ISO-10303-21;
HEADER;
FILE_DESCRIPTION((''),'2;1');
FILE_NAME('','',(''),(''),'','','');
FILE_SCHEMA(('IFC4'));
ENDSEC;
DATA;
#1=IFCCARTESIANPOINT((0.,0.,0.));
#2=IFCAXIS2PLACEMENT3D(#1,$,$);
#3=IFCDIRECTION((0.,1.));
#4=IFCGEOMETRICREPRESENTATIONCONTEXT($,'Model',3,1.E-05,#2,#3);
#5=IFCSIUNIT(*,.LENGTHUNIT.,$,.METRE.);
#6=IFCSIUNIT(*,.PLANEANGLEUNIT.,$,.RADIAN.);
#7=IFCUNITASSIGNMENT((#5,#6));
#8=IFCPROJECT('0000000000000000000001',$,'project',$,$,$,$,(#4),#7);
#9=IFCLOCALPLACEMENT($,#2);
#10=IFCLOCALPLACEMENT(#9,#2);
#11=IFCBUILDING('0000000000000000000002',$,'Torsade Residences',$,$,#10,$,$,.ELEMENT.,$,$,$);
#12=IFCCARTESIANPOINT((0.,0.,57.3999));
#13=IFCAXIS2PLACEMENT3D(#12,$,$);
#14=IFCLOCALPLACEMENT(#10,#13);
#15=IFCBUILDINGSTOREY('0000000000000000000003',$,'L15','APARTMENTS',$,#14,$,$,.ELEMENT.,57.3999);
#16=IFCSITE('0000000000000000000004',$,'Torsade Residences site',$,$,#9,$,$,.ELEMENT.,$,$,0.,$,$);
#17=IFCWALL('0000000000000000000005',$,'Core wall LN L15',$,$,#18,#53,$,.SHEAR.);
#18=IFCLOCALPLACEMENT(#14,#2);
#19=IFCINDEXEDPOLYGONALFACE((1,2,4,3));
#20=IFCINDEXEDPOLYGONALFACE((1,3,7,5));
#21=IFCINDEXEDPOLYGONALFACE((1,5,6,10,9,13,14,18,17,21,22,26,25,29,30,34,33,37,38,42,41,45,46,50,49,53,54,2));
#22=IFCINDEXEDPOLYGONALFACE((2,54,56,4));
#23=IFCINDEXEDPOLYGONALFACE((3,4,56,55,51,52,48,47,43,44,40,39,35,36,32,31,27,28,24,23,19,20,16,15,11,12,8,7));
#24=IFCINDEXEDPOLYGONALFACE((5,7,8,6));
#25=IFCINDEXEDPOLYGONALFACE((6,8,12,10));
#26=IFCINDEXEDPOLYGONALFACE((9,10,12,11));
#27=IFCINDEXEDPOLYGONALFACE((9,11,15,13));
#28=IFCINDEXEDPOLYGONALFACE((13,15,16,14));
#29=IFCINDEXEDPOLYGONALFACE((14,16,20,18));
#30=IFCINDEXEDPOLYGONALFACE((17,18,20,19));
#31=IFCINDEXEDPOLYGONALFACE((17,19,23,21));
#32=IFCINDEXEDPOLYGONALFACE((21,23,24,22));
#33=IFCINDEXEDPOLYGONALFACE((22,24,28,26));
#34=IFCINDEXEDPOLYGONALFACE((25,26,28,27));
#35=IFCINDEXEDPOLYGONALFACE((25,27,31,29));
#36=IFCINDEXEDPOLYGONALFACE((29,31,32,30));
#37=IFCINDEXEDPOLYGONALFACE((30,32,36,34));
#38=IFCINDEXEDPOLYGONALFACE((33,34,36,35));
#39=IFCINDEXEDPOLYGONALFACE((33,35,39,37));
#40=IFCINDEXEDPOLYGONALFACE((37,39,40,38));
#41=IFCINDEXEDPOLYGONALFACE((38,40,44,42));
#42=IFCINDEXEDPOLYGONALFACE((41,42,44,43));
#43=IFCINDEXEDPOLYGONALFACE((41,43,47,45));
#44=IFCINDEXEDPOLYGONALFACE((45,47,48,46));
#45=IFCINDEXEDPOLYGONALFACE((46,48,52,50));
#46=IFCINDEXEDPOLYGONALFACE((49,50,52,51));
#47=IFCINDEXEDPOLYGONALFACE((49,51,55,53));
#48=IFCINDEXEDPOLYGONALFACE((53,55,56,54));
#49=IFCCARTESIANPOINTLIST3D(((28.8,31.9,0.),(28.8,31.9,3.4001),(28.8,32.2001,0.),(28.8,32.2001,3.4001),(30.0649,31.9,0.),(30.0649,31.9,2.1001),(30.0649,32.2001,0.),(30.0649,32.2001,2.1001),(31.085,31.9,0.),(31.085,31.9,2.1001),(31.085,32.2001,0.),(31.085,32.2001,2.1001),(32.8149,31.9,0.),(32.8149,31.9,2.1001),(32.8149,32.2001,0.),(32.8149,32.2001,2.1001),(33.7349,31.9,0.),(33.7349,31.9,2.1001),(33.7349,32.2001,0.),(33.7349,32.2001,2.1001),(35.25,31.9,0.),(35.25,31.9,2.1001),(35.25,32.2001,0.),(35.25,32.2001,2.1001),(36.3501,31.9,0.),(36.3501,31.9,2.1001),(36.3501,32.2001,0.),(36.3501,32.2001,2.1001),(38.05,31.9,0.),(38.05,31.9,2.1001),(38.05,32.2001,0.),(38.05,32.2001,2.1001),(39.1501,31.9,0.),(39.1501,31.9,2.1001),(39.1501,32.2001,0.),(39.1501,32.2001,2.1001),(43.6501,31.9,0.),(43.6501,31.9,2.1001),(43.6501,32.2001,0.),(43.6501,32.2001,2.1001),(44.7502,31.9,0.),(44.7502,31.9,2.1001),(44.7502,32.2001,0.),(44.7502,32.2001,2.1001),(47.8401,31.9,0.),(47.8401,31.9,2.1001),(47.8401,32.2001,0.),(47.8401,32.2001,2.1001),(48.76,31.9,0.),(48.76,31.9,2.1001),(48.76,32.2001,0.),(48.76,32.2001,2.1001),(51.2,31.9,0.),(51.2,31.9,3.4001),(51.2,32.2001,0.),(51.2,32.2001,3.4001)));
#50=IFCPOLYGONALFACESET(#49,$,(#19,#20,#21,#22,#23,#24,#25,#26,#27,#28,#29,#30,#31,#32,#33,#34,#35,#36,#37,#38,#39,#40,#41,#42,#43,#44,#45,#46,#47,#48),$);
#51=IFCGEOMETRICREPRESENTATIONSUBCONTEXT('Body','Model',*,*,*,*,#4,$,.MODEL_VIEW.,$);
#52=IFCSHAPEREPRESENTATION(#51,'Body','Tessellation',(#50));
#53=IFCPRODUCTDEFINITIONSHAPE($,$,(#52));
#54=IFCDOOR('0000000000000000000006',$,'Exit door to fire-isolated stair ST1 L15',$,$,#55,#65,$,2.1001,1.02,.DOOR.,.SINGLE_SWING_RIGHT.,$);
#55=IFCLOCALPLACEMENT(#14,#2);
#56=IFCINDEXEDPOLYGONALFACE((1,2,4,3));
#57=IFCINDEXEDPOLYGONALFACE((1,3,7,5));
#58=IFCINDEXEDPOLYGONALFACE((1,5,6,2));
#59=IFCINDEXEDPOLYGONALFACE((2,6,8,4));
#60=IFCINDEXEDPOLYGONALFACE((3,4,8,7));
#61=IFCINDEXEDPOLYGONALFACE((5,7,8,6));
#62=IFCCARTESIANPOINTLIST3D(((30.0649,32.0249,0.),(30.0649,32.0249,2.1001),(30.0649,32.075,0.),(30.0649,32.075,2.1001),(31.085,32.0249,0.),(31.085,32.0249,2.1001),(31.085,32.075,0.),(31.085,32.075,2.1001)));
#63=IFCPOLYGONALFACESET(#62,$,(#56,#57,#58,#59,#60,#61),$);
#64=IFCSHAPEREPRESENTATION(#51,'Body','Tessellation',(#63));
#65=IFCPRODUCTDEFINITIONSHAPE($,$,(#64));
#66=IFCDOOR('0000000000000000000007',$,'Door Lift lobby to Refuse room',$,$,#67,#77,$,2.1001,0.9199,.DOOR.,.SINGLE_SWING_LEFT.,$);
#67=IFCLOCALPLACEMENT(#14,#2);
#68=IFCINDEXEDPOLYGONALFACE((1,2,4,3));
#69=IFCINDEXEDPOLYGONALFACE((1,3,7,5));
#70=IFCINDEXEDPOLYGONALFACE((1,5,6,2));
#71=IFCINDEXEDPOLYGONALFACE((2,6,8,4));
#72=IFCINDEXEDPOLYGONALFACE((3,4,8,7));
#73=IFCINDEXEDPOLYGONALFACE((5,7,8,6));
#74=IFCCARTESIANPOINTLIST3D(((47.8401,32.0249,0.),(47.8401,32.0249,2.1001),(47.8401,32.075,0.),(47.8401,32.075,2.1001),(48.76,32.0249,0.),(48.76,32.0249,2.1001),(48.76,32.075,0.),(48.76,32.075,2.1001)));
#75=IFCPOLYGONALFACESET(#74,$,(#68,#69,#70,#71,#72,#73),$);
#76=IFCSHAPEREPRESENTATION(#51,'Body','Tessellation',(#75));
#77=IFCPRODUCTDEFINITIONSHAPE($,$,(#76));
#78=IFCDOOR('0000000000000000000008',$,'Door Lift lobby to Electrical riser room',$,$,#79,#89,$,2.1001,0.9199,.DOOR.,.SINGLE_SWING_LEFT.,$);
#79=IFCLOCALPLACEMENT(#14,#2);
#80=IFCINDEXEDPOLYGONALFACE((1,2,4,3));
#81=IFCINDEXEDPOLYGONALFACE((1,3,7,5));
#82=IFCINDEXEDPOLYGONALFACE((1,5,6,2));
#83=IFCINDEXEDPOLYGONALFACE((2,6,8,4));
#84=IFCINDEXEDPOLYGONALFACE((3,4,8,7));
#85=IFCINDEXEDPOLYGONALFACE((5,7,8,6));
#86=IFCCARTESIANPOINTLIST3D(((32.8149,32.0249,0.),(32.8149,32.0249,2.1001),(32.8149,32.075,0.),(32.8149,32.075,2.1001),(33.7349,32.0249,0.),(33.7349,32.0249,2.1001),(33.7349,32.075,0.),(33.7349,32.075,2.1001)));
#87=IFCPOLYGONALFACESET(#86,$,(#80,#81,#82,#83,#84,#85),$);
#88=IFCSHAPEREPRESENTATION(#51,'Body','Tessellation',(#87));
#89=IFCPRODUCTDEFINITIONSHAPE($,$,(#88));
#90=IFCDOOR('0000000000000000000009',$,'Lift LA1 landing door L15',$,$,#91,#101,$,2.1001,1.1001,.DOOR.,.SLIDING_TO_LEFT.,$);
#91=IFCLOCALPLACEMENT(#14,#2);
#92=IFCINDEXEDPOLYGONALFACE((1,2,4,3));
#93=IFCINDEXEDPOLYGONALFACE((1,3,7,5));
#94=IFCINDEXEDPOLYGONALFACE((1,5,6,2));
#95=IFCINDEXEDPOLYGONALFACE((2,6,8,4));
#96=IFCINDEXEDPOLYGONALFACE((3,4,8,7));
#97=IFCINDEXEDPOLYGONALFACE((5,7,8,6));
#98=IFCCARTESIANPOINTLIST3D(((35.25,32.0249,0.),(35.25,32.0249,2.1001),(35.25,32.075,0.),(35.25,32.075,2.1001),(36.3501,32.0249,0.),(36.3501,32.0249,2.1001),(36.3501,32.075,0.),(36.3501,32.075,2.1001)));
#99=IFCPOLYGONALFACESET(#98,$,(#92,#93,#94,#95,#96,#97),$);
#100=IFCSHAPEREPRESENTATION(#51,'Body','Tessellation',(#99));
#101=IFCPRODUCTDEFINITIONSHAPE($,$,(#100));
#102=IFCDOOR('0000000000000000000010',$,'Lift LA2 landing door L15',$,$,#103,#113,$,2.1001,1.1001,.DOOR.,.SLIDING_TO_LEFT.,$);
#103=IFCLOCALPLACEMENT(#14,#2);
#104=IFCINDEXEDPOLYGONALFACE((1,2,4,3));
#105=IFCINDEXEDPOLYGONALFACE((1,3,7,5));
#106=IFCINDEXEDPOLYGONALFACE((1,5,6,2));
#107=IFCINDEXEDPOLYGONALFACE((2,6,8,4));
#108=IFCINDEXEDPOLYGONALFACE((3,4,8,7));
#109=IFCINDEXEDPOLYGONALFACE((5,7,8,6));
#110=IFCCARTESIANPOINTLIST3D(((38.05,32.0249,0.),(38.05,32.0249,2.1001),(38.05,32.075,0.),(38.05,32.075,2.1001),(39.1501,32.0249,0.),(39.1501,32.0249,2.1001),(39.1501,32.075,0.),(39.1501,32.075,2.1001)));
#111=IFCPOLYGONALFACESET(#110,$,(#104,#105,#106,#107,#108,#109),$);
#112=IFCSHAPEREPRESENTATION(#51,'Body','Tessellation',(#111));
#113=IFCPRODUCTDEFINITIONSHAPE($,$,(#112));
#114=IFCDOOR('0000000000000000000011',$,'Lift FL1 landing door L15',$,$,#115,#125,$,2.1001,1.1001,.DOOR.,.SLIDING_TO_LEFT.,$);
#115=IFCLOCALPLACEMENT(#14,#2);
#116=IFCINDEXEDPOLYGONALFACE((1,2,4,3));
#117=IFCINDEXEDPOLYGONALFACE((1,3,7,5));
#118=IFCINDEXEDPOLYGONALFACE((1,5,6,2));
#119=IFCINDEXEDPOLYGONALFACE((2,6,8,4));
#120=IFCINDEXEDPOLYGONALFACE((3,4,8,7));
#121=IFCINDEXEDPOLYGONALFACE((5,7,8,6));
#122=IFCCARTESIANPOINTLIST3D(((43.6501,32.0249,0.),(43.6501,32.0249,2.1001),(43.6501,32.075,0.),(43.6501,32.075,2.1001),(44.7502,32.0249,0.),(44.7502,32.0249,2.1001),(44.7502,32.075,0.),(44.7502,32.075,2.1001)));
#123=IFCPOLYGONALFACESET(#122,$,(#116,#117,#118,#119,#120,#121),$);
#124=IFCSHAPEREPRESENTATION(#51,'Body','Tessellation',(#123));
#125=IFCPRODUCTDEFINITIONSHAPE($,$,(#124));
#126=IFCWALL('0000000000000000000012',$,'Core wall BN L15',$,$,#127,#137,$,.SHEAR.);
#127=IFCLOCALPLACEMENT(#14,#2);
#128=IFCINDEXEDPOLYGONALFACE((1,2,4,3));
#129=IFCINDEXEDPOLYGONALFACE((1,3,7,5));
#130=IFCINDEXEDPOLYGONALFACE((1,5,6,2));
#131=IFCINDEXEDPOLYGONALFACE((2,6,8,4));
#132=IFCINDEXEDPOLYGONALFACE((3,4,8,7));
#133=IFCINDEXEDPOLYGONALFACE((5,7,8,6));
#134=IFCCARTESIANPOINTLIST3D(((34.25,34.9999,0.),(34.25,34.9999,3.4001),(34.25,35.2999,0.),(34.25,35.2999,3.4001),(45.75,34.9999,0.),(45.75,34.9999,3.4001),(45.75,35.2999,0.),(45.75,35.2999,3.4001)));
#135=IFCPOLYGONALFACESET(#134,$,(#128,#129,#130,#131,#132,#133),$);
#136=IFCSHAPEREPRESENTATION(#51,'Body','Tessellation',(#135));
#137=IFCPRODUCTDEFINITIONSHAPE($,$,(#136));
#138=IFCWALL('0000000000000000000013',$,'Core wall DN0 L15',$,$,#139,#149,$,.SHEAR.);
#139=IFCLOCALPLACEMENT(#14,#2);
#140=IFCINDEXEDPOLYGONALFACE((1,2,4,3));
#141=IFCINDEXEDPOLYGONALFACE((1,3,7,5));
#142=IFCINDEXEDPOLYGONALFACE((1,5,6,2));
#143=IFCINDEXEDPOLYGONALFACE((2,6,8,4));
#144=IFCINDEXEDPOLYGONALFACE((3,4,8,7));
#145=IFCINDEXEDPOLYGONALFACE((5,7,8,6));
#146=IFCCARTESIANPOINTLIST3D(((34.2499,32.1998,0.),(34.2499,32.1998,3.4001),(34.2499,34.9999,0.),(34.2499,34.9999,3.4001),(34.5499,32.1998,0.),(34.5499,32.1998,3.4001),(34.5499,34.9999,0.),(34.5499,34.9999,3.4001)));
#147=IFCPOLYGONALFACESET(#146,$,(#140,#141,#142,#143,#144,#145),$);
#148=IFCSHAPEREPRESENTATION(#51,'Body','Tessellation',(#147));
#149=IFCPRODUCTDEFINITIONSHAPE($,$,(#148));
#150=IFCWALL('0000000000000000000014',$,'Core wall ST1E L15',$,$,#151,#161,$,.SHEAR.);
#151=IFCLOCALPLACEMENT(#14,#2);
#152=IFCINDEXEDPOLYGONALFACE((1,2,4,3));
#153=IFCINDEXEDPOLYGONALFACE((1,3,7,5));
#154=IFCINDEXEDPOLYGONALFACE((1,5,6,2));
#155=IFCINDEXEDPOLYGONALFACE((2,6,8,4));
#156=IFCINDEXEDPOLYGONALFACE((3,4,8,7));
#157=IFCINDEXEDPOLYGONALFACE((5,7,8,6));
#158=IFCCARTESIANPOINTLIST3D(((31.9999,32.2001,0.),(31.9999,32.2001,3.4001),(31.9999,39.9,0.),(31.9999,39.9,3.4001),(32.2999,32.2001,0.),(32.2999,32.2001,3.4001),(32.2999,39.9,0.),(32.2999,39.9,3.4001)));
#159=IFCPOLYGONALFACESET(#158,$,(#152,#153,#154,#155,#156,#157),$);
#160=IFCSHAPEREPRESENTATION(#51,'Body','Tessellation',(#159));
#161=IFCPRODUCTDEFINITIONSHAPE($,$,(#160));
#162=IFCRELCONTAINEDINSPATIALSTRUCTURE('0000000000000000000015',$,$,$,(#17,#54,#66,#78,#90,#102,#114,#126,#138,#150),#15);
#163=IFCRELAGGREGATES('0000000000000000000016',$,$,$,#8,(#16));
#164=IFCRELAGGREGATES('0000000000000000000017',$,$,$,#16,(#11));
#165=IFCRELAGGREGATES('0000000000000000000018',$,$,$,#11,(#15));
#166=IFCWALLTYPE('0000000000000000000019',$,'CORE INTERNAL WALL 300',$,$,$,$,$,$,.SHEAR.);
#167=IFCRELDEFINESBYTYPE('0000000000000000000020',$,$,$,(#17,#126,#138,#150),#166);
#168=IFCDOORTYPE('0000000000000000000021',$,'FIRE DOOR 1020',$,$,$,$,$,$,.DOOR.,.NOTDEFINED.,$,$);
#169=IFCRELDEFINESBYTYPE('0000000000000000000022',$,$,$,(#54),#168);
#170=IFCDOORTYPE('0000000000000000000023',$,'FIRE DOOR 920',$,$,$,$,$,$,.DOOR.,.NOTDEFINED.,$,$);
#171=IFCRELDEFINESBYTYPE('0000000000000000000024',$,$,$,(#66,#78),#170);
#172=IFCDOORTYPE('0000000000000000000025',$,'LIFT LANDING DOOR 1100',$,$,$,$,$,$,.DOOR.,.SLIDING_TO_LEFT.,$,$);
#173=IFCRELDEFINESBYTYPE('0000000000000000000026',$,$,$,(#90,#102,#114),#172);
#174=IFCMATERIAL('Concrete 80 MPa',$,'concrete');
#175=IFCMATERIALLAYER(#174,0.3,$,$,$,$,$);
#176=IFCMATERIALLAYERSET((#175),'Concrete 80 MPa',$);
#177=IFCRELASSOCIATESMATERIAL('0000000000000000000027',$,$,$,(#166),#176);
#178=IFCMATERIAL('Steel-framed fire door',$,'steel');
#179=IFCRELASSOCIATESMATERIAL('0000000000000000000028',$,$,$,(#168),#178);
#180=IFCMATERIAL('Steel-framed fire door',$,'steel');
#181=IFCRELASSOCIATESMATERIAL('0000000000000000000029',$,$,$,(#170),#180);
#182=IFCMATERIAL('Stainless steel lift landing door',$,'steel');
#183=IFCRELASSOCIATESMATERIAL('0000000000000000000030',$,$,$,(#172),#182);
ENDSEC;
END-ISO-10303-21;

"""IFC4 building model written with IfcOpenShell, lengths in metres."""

from ifc_helpers import new_model, si_unit, direction, frame, frame_2d, origin, place, context, subcontext, project, spatial, rectangle, extrude, material, layer, layer_set, type_object, element, fill, save


model = new_model("IFC4")

# Units and contexts
model_context = context("Model", 3, precision=1e-05, world=origin(), true_north=direction((0.0, 1.0)))
body_context = subcontext(model_context, "Body", "Model", "MODEL_VIEW")
ifc_project = project(units=[si_unit("LENGTHUNIT", "METRE"), si_unit("PLANEANGLEUNIT", "RADIAN")], contexts=[model_context])

# Site, building, storey
site_placement = place(None, origin())
site = spatial("IfcSite", under=ifc_project, at=site_placement, Name="Torsade Residences site", CompositionType="ELEMENT", RefElevation=0.0)
building_placement = place(site_placement, origin())
building = spatial("IfcBuilding", under=site, at=building_placement, Name="Torsade Residences", CompositionType="ELEMENT")
storey_placement = place(building_placement, frame((0.0, 0.0, 57.3999)))
storey = spatial("IfcBuildingStorey", under=building, at=storey_placement, Name="L15", Description="APARTMENTS", CompositionType="ELEMENT", Elevation=57.3999)

# Wall, openings, doors
ifc_material_1 = material(Name="Concrete 80 MPa", Category="concrete")
ifc_layer_1 = layer(ifc_material_1, 0.3)
ifc_layer_set_1 = layer_set([ifc_layer_1], Name="Concrete 80 MPa")
wall_type_1 = type_object("IfcWallType", Name="CORE INTERNAL WALL 300", PredefinedType="SHEAR", material=ifc_layer_set_1)
wall_1_placement = place(storey_placement, frame((28.8, 32.05, 0.0), z_axis=(0.0, 0.0, 1.0), x_axis=(1.0, 0.0, 0.0)))
wall_1 = element("IfcWall", 1, at=wall_1_placement, inside=storey, type_object=wall_type_1, Name="Core wall LN L15", PredefinedType="SHEAR", context=body_context, shape_type="SweptSolid", body=[
    extrude(rectangle(XDim=22.3999, YDim=0.3, at=frame_2d((11.2, 0.0))), origin(), (0.0, 0.0, 1.0), 3.4001),
])
opening_1_placement = place(wall_1_placement, frame((19.04, 0.0, 0.0)))
opening_1 = element("IfcOpeningElement", 2, at=opening_1_placement, cuts=wall_1, PredefinedType="OPENING", context=body_context, shape_type="SweptSolid", body=[
    extrude(rectangle(XDim=0.9199, YDim=2.1001, at=frame_2d((0.46, 1.05))), frame((0.0, 0.1599, 0.0), z_axis=(0.0, -1.0, 0.0), x_axis=(1.0, 0.0, 0.0)), (0.0, 0.0, 1.0), 0.3201),
])
opening_2_placement = place(wall_1_placement, frame((1.2649, 0.0, 0.0)))
opening_2 = element("IfcOpeningElement", 3, at=opening_2_placement, cuts=wall_1, PredefinedType="OPENING", context=body_context, shape_type="SweptSolid", body=[
    extrude(rectangle(XDim=1.02, YDim=2.1001, at=frame_2d((0.51, 1.05))), frame((0.0, 0.1599, 0.0), z_axis=(0.0, -1.0, 0.0), x_axis=(1.0, 0.0, 0.0)), (0.0, 0.0, 1.0), 0.3201),
])
opening_3_placement = place(wall_1_placement, frame((4.0149, 0.0, 0.0)))
opening_3 = element("IfcOpeningElement", 4, at=opening_3_placement, cuts=wall_1, PredefinedType="OPENING", context=body_context, shape_type="SweptSolid", body=[
    extrude(rectangle(XDim=0.9199, YDim=2.1001, at=frame_2d((0.46, 1.05))), frame((0.0, 0.1599, 0.0), z_axis=(0.0, -1.0, 0.0), x_axis=(1.0, 0.0, 0.0)), (0.0, 0.0, 1.0), 0.3201),
])
opening_4_placement = place(wall_1_placement, frame((6.45, 0.0, 0.0)))
opening_4 = element("IfcOpeningElement", 5, at=opening_4_placement, cuts=wall_1, PredefinedType="OPENING", context=body_context, shape_type="SweptSolid", body=[
    extrude(rectangle(XDim=1.1001, YDim=2.1001, at=frame_2d((0.55, 1.05))), frame((0.0, 0.1599, 0.0), z_axis=(0.0, -1.0, 0.0), x_axis=(1.0, 0.0, 0.0)), (0.0, 0.0, 1.0), 0.3201),
])
opening_5_placement = place(wall_1_placement, frame((9.25, 0.0, 0.0)))
opening_5 = element("IfcOpeningElement", 6, at=opening_5_placement, cuts=wall_1, PredefinedType="OPENING", context=body_context, shape_type="SweptSolid", body=[
    extrude(rectangle(XDim=1.1001, YDim=2.1001, at=frame_2d((0.55, 1.05))), frame((0.0, 0.1599, 0.0), z_axis=(0.0, -1.0, 0.0), x_axis=(1.0, 0.0, 0.0)), (0.0, 0.0, 1.0), 0.3201),
])
opening_6_placement = place(wall_1_placement, frame((14.8501, 0.0, 0.0)))
opening_6 = element("IfcOpeningElement", 7, at=opening_6_placement, cuts=wall_1, PredefinedType="OPENING", context=body_context, shape_type="SweptSolid", body=[
    extrude(rectangle(XDim=1.1001, YDim=2.1001, at=frame_2d((0.55, 1.05))), frame((0.0, 0.1599, 0.0), z_axis=(0.0, -1.0, 0.0), x_axis=(1.0, 0.0, 0.0)), (0.0, 0.0, 1.0), 0.3201),
])
ifc_material_2 = material(Name="Steel-framed fire door", Category="steel")
door_type_1 = type_object("IfcDoorType", Name="FIRE DOOR 1020", OperationType="NOTDEFINED", PredefinedType="DOOR", material=ifc_material_2)
door_1_placement = place(opening_2_placement, origin())
door_1 = element("IfcDoor", 8, at=door_1_placement, inside=storey, type_object=door_type_1, Name="Exit door to fire-isolated stair ST1 L15", OperationType="SINGLE_SWING_RIGHT", OverallHeight=2.1001, OverallWidth=1.02, PredefinedType="DOOR", context=body_context, shape_type="SweptSolid", body=[
    extrude(rectangle(XDim=1.02, YDim=2.1001, at=frame_2d((0.51, 1.05))), frame((0.0, 0.0249, 0.0), z_axis=(0.0, -1.0, 0.0), x_axis=(1.0, 0.0, 0.0)), (0.0, 0.0, 1.0), 0.05),
])
fill(opening_2, door_1)
ifc_material_3 = material(Name="Steel-framed fire door", Category="steel")
door_type_2 = type_object("IfcDoorType", Name="FIRE DOOR 920", OperationType="NOTDEFINED", PredefinedType="DOOR", material=ifc_material_3)
door_2_placement = place(opening_1_placement, origin())
door_2 = element("IfcDoor", 9, at=door_2_placement, inside=storey, type_object=door_type_2, Name="Door Lift lobby to Refuse room", OperationType="SINGLE_SWING_LEFT", OverallHeight=2.1001, OverallWidth=0.9199, PredefinedType="DOOR", context=body_context, shape_type="SweptSolid", body=[
    extrude(rectangle(XDim=0.9199, YDim=2.1001, at=frame_2d((0.46, 1.05))), frame((0.0, 0.0249, 0.0), z_axis=(0.0, -1.0, 0.0), x_axis=(1.0, 0.0, 0.0)), (0.0, 0.0, 1.0), 0.05),
])
fill(opening_1, door_2)
door_3_placement = place(opening_3_placement, origin())
door_3 = element("IfcDoor", 10, at=door_3_placement, inside=storey, type_object=door_type_2, Name="Door Lift lobby to Electrical riser room", OperationType="SINGLE_SWING_LEFT", OverallHeight=2.1001, OverallWidth=0.9199, PredefinedType="DOOR", context=body_context, shape_type="SweptSolid", body=[
    extrude(rectangle(XDim=0.9199, YDim=2.1001, at=frame_2d((0.46, 1.05))), frame((0.0, 0.0249, 0.0), z_axis=(0.0, -1.0, 0.0), x_axis=(1.0, 0.0, 0.0)), (0.0, 0.0, 1.0), 0.05),
])
fill(opening_3, door_3)
ifc_material_4 = material(Name="Stainless steel lift landing door", Category="steel")
door_type_3 = type_object("IfcDoorType", Name="LIFT LANDING DOOR 1100", OperationType="SLIDING_TO_LEFT", PredefinedType="DOOR", material=ifc_material_4)
door_4_placement = place(opening_4_placement, origin())
door_4 = element("IfcDoor", 11, at=door_4_placement, inside=storey, type_object=door_type_3, Name="Lift LA1 landing door L15", OperationType="SLIDING_TO_LEFT", OverallHeight=2.1001, OverallWidth=1.1001, PredefinedType="DOOR", context=body_context, shape_type="SweptSolid", body=[
    extrude(rectangle(XDim=1.1001, YDim=2.1001, at=frame_2d((0.55, 1.05))), frame((0.0, 0.0249, 0.0), z_axis=(0.0, -1.0, 0.0), x_axis=(1.0, 0.0, 0.0)), (0.0, 0.0, 1.0), 0.05),
])
fill(opening_4, door_4)
door_5_placement = place(opening_5_placement, origin())
door_5 = element("IfcDoor", 12, at=door_5_placement, inside=storey, type_object=door_type_3, Name="Lift LA2 landing door L15", OperationType="SLIDING_TO_LEFT", OverallHeight=2.1001, OverallWidth=1.1001, PredefinedType="DOOR", context=body_context, shape_type="SweptSolid", body=[
    extrude(rectangle(XDim=1.1001, YDim=2.1001, at=frame_2d((0.55, 1.05))), frame((0.0, 0.0249, 0.0), z_axis=(0.0, -1.0, 0.0), x_axis=(1.0, 0.0, 0.0)), (0.0, 0.0, 1.0), 0.05),
])
fill(opening_5, door_5)
door_6_placement = place(opening_6_placement, origin())
door_6 = element("IfcDoor", 13, at=door_6_placement, inside=storey, type_object=door_type_3, Name="Lift FL1 landing door L15", OperationType="SLIDING_TO_LEFT", OverallHeight=2.1001, OverallWidth=1.1001, PredefinedType="DOOR", context=body_context, shape_type="SweptSolid", body=[
    extrude(rectangle(XDim=1.1001, YDim=2.1001, at=frame_2d((0.55, 1.05))), frame((0.0, 0.0249, 0.0), z_axis=(0.0, -1.0, 0.0), x_axis=(1.0, 0.0, 0.0)), (0.0, 0.0, 1.0), 0.05),
])
fill(opening_6, door_6)

# Walls
wall_2_placement = place(storey_placement, frame((34.25, 35.1499, 0.0), z_axis=(0.0, 0.0, 1.0), x_axis=(1.0, 0.0, 0.0)))
element("IfcWall", 14, at=wall_2_placement, inside=storey, type_object=wall_type_1, Name="Core wall BN L15", PredefinedType="SHEAR", context=body_context, shape_type="SweptSolid", body=[
    extrude(rectangle(XDim=11.5, YDim=0.3, at=frame_2d((5.75, 0.0))), origin(), (0.0, 0.0, 1.0), 3.4001),
])
wall_3_placement = place(storey_placement, frame((34.3999, 32.2, 0.0), z_axis=(0.0, 0.0, 1.0), x_axis=(0.0, 1.0, 0.0)))
element("IfcWall", 15, at=wall_3_placement, inside=storey, type_object=wall_type_1, Name="Core wall DN0 L15", PredefinedType="SHEAR", context=body_context, shape_type="SweptSolid", body=[
    extrude(rectangle(XDim=2.8, YDim=0.3, at=frame_2d((1.3999, 0.0))), origin(), (0.0, 0.0, 1.0), 3.4001),
])
wall_4_placement = place(storey_placement, frame((32.1499, 32.2, 0.0), z_axis=(0.0, 0.0, 1.0), x_axis=(0.0, 1.0, 0.0)))
element("IfcWall", 16, at=wall_4_placement, inside=storey, type_object=wall_type_1, Name="Core wall ST1E L15", PredefinedType="SHEAR", context=body_context, shape_type="SweptSolid", body=[
    extrude(rectangle(XDim=7.7, YDim=0.3, at=frame_2d((3.8501, 0.0))), origin(), (0.0, 0.0, 1.0), 3.4001),
])

save(model, "model.ifc")
